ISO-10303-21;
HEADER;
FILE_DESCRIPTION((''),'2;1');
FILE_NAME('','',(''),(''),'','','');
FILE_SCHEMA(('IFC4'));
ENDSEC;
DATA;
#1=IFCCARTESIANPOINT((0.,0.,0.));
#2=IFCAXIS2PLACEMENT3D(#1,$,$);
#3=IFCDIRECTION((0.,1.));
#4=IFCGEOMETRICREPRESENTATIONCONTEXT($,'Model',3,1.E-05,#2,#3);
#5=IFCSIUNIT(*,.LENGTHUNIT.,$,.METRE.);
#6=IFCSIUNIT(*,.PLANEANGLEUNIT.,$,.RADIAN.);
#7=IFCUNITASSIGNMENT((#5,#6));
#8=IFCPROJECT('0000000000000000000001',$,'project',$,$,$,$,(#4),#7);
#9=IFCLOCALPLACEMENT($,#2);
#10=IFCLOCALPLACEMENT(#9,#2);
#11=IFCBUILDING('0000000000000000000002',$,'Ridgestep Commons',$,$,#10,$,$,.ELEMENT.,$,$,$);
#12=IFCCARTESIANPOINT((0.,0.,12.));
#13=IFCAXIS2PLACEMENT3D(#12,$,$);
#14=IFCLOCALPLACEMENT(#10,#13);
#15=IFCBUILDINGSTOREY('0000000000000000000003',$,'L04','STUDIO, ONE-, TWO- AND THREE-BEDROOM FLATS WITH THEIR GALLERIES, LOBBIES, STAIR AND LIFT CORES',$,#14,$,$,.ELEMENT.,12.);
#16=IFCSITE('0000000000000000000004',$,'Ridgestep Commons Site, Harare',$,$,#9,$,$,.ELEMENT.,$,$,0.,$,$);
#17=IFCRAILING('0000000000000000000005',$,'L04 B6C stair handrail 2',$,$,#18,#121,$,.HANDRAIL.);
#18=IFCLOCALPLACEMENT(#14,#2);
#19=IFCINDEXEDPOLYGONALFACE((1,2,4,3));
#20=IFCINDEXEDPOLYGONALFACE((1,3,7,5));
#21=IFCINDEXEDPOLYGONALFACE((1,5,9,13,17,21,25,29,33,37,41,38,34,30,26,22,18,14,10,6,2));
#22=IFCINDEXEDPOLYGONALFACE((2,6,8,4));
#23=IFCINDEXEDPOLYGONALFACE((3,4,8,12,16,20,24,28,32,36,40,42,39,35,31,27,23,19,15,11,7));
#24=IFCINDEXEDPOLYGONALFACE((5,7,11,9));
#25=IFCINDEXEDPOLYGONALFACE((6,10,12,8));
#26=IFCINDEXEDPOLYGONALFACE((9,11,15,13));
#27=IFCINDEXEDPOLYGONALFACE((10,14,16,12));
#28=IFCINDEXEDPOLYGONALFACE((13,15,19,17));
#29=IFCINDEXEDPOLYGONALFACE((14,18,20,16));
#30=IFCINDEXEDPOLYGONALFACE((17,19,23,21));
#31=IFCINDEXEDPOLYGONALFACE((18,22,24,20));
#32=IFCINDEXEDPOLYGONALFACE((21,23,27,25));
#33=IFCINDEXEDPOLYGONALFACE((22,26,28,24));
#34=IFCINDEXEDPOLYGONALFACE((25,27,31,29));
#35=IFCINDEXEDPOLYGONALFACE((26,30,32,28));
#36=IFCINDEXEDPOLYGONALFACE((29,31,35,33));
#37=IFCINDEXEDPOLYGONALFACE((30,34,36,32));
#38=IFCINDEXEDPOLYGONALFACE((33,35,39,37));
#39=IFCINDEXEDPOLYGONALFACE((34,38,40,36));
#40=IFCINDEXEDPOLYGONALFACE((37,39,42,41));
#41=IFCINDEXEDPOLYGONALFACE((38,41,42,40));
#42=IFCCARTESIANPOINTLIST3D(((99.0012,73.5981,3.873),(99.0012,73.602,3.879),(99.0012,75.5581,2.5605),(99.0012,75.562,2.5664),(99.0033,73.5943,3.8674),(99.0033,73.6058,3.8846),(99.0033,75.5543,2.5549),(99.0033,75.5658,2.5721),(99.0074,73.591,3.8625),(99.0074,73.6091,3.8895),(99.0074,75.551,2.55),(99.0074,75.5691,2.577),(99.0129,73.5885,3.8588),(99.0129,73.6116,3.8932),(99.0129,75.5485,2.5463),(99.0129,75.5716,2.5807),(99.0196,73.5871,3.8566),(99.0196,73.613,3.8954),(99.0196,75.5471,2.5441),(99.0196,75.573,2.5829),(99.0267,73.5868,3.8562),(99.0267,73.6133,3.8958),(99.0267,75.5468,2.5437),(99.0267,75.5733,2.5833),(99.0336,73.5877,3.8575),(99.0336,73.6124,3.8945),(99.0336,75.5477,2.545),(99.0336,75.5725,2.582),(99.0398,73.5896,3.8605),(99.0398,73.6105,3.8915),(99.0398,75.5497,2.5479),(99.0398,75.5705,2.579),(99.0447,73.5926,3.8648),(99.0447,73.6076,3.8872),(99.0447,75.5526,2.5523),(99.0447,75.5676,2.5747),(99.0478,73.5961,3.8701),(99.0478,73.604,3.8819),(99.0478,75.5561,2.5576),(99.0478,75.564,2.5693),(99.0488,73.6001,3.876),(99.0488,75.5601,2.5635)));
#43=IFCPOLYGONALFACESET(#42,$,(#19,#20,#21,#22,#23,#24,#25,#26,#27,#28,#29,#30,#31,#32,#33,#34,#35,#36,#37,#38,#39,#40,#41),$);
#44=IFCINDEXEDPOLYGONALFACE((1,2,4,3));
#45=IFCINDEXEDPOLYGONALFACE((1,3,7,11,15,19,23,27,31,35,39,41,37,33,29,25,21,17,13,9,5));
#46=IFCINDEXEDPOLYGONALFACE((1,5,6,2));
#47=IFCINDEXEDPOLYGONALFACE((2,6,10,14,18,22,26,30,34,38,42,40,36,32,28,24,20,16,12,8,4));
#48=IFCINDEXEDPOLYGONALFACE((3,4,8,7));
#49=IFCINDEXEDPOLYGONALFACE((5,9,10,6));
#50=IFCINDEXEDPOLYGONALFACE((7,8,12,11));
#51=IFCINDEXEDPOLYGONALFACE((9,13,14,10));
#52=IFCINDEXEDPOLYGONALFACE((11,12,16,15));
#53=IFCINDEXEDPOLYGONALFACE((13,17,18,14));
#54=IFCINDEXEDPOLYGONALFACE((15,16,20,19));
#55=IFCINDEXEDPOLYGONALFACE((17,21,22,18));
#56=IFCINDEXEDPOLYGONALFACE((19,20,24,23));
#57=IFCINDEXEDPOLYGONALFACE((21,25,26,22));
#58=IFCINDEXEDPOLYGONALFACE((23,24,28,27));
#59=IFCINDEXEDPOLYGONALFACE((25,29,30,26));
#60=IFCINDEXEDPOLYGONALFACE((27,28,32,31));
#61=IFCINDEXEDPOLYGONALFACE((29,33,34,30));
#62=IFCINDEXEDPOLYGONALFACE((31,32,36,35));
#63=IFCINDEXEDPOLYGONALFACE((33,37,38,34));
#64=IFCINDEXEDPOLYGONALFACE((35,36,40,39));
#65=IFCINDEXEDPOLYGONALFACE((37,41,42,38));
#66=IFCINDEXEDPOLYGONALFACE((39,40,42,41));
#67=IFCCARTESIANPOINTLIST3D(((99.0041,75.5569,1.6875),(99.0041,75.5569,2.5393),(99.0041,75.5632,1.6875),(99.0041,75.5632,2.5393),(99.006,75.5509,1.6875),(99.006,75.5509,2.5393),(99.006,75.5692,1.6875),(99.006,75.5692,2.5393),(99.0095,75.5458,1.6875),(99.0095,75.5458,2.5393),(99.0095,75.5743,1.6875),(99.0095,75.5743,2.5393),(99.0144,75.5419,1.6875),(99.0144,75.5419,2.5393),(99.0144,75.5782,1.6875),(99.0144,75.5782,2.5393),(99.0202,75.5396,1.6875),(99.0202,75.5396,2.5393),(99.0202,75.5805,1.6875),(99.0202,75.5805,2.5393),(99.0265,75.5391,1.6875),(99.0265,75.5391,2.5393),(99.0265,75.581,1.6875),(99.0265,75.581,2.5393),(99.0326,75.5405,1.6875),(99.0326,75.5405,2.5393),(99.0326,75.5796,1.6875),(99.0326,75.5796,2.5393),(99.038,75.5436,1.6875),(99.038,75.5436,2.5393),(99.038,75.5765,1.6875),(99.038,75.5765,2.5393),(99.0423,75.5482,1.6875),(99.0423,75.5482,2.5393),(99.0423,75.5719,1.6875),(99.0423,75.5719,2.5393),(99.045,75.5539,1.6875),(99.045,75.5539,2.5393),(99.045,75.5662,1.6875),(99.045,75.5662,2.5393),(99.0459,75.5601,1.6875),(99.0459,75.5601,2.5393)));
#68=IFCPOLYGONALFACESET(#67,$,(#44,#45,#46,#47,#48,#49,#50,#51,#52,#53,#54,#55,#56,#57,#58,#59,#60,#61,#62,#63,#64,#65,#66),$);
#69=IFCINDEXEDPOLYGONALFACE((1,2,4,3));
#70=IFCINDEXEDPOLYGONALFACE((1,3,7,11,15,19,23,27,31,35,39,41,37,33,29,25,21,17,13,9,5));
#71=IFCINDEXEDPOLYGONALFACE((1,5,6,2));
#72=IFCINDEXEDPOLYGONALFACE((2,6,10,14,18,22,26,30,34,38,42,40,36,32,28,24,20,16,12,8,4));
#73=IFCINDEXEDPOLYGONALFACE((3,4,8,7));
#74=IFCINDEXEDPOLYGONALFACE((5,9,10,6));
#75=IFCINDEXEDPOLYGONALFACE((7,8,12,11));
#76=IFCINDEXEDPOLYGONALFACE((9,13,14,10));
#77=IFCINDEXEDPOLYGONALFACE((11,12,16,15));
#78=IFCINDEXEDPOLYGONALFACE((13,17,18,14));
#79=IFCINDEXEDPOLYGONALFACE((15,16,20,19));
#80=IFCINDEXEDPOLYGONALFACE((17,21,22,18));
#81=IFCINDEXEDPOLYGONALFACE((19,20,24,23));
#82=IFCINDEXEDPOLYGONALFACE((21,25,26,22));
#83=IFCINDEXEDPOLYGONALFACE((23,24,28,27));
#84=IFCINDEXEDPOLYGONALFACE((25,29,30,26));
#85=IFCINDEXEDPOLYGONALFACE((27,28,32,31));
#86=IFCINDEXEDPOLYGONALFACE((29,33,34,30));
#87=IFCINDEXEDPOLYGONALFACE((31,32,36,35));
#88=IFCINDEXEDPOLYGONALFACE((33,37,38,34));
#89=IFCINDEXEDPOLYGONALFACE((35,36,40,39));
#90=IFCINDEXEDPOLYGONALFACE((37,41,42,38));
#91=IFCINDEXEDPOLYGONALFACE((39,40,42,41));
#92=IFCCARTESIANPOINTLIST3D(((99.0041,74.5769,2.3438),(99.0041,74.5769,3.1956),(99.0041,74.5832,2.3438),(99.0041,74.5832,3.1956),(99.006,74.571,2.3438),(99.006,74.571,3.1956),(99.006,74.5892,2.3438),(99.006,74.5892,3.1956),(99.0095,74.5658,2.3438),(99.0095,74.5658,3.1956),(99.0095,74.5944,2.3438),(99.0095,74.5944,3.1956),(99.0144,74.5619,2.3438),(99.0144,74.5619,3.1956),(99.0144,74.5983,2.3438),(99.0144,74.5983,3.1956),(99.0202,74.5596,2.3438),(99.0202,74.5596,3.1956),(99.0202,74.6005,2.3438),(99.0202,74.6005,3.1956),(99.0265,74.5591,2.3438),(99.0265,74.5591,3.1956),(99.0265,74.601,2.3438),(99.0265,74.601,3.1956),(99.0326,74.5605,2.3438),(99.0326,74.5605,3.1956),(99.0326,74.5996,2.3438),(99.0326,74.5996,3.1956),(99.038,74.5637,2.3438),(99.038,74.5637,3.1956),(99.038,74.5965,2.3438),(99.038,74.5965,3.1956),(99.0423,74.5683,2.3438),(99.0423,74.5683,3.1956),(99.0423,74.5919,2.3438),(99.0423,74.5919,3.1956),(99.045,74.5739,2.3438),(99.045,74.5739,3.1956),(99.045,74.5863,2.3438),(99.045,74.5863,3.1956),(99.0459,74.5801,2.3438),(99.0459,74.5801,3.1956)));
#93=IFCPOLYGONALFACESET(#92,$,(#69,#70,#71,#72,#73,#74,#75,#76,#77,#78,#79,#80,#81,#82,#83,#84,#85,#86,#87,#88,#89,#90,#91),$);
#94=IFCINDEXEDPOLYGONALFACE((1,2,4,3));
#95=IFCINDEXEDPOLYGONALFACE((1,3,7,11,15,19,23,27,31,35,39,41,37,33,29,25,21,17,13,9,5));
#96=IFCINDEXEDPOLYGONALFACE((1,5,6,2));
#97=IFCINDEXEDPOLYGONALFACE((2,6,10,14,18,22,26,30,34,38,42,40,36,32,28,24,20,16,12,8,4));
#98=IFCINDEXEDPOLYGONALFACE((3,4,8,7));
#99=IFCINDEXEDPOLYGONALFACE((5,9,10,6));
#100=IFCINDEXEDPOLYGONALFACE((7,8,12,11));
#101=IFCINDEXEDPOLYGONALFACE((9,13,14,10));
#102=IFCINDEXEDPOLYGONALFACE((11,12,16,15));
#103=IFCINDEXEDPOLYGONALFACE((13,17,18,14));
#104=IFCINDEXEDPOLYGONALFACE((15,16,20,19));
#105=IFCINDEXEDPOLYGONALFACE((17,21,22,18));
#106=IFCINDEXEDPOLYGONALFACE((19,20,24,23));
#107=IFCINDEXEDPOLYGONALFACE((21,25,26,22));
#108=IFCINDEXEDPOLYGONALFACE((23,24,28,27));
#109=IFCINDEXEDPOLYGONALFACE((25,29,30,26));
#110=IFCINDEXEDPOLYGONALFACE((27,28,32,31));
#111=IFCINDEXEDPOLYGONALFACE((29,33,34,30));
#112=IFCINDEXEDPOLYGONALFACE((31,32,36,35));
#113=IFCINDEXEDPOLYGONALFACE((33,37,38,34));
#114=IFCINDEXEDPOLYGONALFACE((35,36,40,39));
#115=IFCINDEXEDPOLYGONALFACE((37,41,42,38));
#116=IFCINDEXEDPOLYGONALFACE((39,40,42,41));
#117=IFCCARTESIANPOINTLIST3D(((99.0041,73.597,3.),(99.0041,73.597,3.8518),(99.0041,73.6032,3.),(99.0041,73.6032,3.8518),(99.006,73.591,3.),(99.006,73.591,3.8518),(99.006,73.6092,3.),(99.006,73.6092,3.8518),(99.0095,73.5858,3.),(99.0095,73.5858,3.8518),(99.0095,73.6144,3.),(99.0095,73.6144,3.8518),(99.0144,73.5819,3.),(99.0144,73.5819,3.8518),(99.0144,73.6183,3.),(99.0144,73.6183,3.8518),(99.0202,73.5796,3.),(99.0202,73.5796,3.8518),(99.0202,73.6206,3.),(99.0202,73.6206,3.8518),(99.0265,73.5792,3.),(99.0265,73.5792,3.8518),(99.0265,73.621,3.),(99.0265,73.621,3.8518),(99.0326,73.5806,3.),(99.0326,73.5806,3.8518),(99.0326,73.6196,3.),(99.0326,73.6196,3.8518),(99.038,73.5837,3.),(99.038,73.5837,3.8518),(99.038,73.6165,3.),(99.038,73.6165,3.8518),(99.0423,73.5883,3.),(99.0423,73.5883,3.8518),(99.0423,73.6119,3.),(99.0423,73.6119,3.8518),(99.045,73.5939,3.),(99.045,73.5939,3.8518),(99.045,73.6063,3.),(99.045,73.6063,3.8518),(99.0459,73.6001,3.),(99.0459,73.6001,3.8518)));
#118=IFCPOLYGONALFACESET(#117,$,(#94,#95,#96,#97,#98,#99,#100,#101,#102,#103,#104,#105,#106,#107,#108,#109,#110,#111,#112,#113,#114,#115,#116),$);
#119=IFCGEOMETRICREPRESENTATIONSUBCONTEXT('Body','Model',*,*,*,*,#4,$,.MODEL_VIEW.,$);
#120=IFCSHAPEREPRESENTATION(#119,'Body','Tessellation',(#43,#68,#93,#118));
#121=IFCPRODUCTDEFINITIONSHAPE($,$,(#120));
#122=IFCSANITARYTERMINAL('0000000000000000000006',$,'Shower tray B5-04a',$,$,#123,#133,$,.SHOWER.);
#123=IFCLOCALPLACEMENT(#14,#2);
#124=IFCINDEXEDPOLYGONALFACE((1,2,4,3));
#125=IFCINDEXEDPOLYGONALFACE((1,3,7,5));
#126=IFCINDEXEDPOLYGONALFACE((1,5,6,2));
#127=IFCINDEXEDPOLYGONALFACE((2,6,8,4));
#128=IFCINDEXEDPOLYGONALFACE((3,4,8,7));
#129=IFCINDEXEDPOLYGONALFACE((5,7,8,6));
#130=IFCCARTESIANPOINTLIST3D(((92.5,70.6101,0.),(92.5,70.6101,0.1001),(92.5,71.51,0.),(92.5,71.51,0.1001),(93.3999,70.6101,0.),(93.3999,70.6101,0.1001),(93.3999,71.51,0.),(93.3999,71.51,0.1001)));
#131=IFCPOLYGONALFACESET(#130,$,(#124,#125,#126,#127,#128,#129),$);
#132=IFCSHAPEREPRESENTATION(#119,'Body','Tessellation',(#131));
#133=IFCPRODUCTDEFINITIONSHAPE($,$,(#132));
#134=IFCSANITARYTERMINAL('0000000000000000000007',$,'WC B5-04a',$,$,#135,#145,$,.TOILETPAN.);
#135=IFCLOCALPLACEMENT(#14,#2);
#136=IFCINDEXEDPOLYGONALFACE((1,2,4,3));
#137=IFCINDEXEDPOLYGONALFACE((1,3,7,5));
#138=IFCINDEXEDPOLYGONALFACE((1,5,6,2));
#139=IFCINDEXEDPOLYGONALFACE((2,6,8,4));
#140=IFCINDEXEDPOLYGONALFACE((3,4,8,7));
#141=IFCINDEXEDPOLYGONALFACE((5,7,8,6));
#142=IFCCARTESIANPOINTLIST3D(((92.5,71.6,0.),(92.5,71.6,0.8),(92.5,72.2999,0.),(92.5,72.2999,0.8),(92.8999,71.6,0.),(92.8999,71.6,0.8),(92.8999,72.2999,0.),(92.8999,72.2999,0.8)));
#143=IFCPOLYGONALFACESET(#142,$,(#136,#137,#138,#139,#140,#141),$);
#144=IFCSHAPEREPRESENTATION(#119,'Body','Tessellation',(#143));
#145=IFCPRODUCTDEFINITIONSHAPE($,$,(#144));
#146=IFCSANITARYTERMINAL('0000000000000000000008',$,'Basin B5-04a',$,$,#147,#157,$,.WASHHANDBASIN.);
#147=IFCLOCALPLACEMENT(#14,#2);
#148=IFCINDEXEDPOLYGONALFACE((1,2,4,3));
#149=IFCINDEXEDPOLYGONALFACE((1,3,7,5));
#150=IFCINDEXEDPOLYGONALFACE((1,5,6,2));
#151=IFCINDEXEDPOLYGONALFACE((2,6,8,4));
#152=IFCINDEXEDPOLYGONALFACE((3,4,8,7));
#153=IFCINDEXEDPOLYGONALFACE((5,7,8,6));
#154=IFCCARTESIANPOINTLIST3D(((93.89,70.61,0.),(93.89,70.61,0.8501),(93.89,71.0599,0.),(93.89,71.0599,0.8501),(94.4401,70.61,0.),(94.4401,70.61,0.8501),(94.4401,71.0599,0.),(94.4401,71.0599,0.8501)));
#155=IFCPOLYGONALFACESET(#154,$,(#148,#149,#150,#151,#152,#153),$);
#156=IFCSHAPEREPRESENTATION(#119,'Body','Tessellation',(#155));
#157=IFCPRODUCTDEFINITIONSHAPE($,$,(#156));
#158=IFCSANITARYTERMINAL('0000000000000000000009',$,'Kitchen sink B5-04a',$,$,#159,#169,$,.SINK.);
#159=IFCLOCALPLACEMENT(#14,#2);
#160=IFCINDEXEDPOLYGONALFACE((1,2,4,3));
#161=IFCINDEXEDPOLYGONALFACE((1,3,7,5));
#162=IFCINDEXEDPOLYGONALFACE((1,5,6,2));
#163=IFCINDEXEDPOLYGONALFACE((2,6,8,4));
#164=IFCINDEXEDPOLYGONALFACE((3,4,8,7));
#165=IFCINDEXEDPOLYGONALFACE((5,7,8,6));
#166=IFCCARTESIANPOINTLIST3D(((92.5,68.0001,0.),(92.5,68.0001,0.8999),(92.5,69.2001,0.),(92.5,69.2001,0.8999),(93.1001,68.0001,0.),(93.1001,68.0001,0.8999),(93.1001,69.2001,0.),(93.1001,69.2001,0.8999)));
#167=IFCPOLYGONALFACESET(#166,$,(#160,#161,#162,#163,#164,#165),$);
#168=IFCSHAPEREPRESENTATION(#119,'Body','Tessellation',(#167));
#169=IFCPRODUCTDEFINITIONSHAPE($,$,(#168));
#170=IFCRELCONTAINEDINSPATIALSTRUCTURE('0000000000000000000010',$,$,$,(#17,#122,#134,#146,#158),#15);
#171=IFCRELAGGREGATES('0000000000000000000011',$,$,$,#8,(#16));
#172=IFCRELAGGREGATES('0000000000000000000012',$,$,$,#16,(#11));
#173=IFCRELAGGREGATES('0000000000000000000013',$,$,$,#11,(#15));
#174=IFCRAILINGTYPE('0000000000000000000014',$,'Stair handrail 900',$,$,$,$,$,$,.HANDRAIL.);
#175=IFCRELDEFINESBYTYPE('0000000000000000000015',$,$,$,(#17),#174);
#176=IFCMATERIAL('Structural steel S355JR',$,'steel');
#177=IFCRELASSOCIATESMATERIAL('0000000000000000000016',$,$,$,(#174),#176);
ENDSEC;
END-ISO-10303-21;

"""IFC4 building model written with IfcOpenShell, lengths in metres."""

from ifc_helpers import new_model, si_unit, direction, frame, origin, origin_2d, place, context, subcontext, project, spatial, rectangle, circle, extrude, material, type_object, element, save


model = new_model("IFC4")

# Units and contexts
model_context = context("Model", 3, precision=1e-05, world=origin(), true_north=direction((0.0, 1.0)))
body_context = subcontext(model_context, "Body", "Model", "MODEL_VIEW")
ifc_project = project(units=[si_unit("LENGTHUNIT", "METRE"), si_unit("PLANEANGLEUNIT", "RADIAN")], contexts=[model_context])

# Site, building, storey
site_placement = place(None, origin())
site = spatial("IfcSite", under=ifc_project, at=site_placement, Name="Ridgestep Commons Site, Harare", CompositionType="ELEMENT", RefElevation=0.0)
building_placement = place(site_placement, origin())
building = spatial("IfcBuilding", under=site, at=building_placement, Name="Ridgestep Commons", CompositionType="ELEMENT")
storey_placement = place(building_placement, frame((0.0, 0.0, 12.0)))
storey = spatial("IfcBuildingStorey", under=building, at=storey_placement, Name="L04", Description="STUDIO, ONE-, TWO- AND THREE-BEDROOM FLATS WITH THEIR GALLERIES, LOBBIES, STAIR AND LIFT CORES", CompositionType="ELEMENT", Elevation=12.0)

# Railing
ifc_material_1 = material(Name="Structural steel S355JR", Category="steel")
railing_type_1 = type_object("IfcRailingType", Name="Stair handrail 900", PredefinedType="HANDRAIL", material=ifc_material_1)
railing_1_placement = place(storey_placement, frame((99.0249, 75.5601, 1.6875)))
element("IfcRailing", 1, at=railing_1_placement, inside=storey, type_object=railing_type_1, Name="L04 B6C stair handrail 2", PredefinedType="HANDRAIL", context=body_context, shape_type="SweptSolid", body=[
    extrude(circle(Radius=0.0239, at=origin_2d()), frame((0.0, 0.0, 0.876), z_axis=(0.0, -0.830902, 0.556419), x_axis=(1.0, 0.0, 0.0)), (0.0, 0.0, 1.0), 2.3589),
    extrude(circle(Radius=0.021, at=origin_2d()), origin(), (0.0, 0.0, 1.0), 0.8518),
    extrude(circle(Radius=0.021, at=origin_2d()), frame((0.0, -0.98, 0.6562)), (0.0, 0.0, 1.0), 0.8518),
    extrude(circle(Radius=0.021, at=origin_2d()), frame((0.0, -1.96, 1.3125)), (0.0, 0.0, 1.0), 0.8518),
])

# Sanitary terminals
sanitary_terminal_1_placement = place(storey_placement, frame((92.95, 71.0601, 0.0), z_axis=(0.0, 0.0, 1.0), x_axis=(1.0, 0.0, 0.0)))
element("IfcSanitaryTerminal", 2, at=sanitary_terminal_1_placement, inside=storey, Name="Shower tray B5-04a", PredefinedType="SHOWER", context=body_context, shape_type="SweptSolid", body=[
    extrude(rectangle(XDim=0.8999, YDim=0.8999, at=origin_2d()), origin(), (0.0, 0.0, 1.0), 0.1001),
])
sanitary_terminal_2_placement = place(storey_placement, frame((92.7, 71.95, 0.0), z_axis=(0.0, 0.0, 1.0), x_axis=(1.0, 0.0, 0.0)))
element("IfcSanitaryTerminal", 3, at=sanitary_terminal_2_placement, inside=storey, Name="WC B5-04a", PredefinedType="TOILETPAN", context=body_context, shape_type="SweptSolid", body=[
    extrude(rectangle(XDim=0.3999, YDim=0.7, at=origin_2d()), origin(), (0.0, 0.0, 1.0), 0.8),
])
sanitary_terminal_3_placement = place(storey_placement, frame((94.165, 70.835, 0.0), z_axis=(0.0, 0.0, 1.0), x_axis=(1.0, 0.0, 0.0)))
element("IfcSanitaryTerminal", 4, at=sanitary_terminal_3_placement, inside=storey, Name="Basin B5-04a", PredefinedType="WASHHANDBASIN", context=body_context, shape_type="SweptSolid", body=[
    extrude(rectangle(XDim=0.55, YDim=0.45, at=origin_2d()), origin(), (0.0, 0.0, 1.0), 0.8501),
])
sanitary_terminal_4_placement = place(storey_placement, frame((92.8, 68.6001, 0.0), z_axis=(0.0, 0.0, 1.0), x_axis=(1.0, 0.0, 0.0)))
element("IfcSanitaryTerminal", 5, at=sanitary_terminal_4_placement, inside=storey, Name="Kitchen sink B5-04a", PredefinedType="SINK", context=body_context, shape_type="SweptSolid", body=[
    extrude(rectangle(XDim=0.6001, YDim=1.2, at=origin_2d()), origin(), (0.0, 0.0, 1.0), 0.8999),
])

save(model, "model.ifc")
